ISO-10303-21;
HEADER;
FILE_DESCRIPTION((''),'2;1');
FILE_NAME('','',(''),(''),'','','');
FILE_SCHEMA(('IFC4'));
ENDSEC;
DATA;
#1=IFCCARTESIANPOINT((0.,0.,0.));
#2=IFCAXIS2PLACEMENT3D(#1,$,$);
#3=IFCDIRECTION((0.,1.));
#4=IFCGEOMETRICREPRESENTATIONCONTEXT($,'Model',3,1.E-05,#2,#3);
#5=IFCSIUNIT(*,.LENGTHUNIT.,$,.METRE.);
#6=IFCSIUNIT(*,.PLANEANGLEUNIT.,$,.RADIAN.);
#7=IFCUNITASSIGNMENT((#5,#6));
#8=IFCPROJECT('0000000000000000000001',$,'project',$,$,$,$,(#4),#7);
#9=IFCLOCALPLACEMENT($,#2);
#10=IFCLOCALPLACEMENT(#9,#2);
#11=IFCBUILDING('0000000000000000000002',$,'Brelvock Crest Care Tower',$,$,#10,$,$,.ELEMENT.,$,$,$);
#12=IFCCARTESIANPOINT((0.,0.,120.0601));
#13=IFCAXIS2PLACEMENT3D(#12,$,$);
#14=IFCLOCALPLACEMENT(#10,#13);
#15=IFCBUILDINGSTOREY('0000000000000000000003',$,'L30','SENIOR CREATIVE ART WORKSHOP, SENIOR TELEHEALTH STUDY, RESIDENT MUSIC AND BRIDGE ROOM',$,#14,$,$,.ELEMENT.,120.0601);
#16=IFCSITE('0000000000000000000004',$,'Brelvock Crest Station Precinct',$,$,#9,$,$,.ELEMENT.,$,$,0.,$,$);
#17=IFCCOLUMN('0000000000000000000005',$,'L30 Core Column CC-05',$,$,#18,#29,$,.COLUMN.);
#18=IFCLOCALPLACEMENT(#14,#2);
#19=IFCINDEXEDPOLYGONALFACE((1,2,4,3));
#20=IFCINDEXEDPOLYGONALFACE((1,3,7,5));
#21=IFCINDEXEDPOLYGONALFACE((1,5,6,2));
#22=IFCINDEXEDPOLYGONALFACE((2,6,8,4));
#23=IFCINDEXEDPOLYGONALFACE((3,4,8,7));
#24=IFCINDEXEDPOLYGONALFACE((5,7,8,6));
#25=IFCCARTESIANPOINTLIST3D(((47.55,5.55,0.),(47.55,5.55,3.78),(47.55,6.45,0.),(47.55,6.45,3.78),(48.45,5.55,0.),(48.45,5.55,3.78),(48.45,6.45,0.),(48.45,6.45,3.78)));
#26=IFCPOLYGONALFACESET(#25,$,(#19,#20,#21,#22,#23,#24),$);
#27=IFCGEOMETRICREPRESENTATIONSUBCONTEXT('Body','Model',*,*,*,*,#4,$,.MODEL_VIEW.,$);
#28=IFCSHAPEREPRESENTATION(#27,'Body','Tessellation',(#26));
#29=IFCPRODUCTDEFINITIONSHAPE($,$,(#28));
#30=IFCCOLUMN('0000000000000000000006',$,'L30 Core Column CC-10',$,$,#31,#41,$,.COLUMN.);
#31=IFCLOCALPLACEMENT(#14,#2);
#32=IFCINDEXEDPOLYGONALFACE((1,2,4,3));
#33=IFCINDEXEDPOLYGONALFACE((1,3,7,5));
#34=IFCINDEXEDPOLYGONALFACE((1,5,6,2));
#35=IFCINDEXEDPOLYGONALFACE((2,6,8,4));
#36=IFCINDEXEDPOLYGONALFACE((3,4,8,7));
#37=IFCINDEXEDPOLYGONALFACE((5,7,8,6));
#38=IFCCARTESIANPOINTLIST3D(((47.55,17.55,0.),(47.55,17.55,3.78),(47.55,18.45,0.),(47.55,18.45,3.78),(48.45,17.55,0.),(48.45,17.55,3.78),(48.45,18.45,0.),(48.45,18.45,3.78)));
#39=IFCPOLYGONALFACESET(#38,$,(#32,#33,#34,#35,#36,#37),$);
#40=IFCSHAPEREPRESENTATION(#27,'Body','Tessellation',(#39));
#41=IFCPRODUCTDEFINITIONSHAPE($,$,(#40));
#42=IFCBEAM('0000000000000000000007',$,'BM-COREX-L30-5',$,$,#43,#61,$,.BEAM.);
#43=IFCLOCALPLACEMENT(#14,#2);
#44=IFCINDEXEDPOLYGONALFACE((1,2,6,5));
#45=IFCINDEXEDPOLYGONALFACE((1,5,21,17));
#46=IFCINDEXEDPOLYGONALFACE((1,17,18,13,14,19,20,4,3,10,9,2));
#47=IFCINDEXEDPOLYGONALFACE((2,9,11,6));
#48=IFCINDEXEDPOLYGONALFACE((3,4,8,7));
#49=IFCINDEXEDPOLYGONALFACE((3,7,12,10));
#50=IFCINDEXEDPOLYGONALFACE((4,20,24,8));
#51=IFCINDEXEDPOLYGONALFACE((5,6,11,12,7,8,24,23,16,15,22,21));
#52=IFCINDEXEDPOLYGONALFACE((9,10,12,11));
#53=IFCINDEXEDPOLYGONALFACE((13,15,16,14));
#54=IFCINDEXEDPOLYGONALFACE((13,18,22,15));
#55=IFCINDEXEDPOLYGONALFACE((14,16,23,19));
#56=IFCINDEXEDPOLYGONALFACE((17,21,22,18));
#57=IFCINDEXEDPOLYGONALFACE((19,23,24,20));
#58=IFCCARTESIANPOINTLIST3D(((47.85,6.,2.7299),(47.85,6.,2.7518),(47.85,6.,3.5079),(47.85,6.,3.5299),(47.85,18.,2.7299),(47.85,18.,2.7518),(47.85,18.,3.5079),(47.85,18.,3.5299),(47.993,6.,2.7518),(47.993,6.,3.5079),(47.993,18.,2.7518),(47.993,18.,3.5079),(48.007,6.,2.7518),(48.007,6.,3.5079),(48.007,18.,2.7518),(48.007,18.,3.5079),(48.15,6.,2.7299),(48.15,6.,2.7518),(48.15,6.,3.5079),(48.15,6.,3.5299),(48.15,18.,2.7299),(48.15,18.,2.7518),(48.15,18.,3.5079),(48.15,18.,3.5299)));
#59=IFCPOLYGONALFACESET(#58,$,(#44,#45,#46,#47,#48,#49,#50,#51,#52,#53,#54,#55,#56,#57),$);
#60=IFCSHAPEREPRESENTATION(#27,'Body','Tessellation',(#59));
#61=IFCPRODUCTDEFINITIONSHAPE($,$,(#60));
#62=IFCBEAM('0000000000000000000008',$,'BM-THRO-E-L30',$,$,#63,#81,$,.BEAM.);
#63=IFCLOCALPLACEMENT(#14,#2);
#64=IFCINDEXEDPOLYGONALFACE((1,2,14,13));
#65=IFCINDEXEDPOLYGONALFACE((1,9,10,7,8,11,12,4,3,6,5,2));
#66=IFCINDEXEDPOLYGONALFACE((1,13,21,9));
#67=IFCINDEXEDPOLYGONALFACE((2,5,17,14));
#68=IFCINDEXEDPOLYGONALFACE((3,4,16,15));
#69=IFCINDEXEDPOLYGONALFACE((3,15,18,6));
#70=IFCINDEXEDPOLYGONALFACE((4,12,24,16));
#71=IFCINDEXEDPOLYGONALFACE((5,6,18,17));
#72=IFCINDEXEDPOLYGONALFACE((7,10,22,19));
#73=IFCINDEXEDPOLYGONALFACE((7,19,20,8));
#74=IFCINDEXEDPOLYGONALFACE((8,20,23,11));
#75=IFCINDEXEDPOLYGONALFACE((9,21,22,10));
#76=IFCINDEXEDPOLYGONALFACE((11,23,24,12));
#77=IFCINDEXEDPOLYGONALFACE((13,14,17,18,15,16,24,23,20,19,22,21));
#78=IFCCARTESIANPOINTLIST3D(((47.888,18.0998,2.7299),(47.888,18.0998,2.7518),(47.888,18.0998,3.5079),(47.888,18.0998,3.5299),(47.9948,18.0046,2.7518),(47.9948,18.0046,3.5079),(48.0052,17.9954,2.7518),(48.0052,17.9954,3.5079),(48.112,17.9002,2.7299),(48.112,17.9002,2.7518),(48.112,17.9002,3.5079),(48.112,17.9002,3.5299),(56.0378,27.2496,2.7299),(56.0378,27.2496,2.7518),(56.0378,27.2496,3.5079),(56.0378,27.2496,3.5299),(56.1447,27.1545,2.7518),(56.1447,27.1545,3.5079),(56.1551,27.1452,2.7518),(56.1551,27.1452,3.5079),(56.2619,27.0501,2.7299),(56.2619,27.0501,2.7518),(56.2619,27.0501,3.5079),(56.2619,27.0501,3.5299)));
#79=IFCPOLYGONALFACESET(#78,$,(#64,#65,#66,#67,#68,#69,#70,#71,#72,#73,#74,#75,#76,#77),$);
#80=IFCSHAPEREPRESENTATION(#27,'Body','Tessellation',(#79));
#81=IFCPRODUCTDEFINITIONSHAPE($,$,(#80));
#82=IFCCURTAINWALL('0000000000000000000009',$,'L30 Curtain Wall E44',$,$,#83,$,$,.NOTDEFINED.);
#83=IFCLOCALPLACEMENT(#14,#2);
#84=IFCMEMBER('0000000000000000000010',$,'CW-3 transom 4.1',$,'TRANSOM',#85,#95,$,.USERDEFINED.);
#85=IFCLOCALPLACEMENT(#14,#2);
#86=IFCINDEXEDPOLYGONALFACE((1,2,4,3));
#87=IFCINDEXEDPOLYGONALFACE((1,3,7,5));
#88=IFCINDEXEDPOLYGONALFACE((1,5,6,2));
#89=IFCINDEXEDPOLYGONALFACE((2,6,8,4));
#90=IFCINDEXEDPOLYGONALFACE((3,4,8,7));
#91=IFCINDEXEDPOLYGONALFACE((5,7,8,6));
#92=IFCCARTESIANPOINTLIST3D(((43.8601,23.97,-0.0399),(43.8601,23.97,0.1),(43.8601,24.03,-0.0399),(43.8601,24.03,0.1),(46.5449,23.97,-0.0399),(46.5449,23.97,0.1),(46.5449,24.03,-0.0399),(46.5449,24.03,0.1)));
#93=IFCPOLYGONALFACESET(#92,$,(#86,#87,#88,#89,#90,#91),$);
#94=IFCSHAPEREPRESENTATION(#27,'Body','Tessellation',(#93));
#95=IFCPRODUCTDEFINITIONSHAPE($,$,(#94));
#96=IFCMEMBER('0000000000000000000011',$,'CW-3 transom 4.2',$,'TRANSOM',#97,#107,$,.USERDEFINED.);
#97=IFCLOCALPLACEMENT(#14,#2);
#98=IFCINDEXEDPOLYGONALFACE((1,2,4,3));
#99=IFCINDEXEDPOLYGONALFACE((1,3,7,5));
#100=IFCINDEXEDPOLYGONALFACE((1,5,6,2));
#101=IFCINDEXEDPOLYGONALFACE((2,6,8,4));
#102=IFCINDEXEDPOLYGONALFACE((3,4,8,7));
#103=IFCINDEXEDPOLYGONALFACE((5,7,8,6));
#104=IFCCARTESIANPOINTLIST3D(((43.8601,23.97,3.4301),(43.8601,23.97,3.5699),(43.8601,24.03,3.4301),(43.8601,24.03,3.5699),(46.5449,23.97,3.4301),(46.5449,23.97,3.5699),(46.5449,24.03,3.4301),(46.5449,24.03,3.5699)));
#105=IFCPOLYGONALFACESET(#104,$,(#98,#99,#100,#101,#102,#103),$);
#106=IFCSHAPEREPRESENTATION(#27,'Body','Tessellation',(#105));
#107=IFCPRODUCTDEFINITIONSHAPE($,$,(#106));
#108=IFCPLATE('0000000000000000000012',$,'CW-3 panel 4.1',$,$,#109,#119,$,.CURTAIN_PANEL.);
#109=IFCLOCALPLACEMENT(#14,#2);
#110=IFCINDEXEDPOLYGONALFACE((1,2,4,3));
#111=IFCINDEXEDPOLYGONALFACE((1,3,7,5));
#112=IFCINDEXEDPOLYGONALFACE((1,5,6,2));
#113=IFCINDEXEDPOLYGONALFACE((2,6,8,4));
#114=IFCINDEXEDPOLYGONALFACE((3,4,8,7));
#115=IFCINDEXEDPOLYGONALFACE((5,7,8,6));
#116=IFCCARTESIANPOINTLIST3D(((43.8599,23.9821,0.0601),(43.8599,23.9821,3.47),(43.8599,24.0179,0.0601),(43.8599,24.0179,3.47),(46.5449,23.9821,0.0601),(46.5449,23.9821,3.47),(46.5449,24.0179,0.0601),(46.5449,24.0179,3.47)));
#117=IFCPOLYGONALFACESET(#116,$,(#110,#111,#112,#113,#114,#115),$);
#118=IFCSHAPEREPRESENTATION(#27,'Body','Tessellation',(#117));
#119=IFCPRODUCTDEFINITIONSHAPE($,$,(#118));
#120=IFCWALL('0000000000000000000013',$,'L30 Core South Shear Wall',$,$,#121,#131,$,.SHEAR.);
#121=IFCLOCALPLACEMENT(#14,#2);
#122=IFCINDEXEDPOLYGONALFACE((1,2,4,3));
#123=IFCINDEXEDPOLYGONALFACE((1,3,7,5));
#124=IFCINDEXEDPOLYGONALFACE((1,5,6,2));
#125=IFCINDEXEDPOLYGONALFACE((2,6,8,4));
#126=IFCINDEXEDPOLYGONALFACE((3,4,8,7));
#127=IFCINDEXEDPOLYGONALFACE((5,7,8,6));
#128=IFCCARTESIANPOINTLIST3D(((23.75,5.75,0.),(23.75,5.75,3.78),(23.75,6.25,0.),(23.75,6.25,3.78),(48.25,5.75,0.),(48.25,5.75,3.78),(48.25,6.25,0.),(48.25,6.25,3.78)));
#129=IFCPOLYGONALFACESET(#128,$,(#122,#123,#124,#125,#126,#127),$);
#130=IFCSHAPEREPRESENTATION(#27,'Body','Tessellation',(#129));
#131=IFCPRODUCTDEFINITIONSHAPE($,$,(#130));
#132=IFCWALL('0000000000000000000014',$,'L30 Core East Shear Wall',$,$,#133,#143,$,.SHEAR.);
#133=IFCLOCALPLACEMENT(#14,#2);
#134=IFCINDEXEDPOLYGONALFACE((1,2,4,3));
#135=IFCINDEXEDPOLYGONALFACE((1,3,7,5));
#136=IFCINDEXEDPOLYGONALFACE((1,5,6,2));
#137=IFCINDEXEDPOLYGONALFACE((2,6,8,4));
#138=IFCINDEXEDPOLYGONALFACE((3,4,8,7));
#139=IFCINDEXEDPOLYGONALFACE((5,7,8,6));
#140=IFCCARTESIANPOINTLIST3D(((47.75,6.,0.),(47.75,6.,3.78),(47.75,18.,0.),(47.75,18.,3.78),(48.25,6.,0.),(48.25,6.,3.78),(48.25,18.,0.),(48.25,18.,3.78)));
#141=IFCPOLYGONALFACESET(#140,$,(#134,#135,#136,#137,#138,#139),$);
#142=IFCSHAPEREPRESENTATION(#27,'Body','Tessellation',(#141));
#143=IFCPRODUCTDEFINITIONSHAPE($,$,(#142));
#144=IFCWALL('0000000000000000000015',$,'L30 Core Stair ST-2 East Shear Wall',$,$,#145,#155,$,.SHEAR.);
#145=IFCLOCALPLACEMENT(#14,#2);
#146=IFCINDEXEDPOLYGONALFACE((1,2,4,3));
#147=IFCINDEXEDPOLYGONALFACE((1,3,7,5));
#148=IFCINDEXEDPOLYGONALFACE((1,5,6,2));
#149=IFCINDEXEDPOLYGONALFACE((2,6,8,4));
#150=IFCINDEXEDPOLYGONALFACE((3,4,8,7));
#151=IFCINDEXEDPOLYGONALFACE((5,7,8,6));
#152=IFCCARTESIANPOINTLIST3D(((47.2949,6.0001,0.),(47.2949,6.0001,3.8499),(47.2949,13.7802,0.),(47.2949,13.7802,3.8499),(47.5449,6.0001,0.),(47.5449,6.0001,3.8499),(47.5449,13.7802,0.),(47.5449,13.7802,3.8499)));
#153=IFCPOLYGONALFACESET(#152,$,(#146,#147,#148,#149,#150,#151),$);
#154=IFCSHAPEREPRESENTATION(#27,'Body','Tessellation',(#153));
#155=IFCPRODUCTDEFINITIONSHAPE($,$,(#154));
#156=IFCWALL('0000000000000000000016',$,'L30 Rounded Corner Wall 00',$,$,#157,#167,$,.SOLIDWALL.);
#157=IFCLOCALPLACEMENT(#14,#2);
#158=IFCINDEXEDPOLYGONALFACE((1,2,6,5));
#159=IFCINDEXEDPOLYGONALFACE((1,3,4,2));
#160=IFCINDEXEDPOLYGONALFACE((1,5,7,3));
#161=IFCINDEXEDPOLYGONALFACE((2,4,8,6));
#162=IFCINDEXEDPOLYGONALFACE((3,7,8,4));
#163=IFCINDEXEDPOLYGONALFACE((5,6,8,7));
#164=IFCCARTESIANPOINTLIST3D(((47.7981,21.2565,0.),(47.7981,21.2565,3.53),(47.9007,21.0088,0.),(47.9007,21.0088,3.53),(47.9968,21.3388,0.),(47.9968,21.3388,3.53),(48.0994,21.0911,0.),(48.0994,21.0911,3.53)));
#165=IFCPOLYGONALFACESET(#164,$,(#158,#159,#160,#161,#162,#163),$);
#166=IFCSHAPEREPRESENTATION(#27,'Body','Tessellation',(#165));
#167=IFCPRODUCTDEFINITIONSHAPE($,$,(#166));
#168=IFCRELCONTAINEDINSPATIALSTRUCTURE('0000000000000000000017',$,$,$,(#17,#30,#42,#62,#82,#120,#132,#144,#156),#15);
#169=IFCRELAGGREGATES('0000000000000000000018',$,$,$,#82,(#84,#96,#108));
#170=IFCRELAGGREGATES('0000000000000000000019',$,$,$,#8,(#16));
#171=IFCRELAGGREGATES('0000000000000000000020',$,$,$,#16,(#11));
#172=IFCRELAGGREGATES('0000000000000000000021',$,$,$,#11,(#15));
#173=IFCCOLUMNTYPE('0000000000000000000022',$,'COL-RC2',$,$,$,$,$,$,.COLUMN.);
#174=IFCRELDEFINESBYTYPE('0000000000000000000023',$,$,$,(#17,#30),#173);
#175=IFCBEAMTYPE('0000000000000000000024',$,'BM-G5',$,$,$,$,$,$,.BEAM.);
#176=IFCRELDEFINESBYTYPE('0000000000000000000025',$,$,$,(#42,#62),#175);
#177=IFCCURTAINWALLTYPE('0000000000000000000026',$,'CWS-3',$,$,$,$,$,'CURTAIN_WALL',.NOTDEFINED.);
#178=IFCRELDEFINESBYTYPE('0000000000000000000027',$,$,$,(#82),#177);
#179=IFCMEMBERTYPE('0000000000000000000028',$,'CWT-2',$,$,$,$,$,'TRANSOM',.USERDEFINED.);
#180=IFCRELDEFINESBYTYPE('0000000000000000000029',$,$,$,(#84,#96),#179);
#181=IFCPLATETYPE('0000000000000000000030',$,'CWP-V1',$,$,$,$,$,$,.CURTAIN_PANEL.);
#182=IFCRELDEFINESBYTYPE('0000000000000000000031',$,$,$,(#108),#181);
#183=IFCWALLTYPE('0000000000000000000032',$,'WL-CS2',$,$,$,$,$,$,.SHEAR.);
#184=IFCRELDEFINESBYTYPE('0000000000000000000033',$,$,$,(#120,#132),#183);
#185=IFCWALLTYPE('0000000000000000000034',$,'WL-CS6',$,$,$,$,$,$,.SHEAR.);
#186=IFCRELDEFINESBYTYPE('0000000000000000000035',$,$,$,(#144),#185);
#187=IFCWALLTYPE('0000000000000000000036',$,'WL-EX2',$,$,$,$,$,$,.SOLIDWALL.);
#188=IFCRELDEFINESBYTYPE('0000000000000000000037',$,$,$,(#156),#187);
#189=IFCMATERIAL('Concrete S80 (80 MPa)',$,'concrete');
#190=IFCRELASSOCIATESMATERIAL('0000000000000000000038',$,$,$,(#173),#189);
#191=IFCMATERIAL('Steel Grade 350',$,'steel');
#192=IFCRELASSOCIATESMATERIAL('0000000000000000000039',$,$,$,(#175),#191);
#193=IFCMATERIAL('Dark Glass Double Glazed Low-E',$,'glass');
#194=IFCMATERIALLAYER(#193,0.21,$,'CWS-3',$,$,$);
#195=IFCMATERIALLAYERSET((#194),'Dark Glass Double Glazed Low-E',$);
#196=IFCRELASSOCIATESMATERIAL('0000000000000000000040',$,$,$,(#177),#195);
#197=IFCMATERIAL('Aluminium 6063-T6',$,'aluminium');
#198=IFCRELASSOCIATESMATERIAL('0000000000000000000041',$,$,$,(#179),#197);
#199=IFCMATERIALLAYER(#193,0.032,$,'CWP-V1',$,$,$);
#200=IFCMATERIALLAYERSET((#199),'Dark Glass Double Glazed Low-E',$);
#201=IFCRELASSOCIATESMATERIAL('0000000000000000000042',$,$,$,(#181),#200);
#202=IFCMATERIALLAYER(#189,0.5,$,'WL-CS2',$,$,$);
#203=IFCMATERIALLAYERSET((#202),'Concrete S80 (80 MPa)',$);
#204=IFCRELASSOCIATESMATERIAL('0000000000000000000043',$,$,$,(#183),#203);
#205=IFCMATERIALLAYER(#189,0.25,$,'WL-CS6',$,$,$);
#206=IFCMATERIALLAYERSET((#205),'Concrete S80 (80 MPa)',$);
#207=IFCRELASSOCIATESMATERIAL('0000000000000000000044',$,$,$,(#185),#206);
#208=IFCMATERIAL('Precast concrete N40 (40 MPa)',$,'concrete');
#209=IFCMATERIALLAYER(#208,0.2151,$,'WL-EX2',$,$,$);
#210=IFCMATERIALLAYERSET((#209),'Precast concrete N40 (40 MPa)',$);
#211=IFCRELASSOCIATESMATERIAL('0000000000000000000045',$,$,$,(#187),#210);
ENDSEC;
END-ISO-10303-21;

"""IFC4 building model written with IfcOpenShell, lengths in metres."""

from ifc_helpers import new_model, si_unit, direction, frame, frame_2d, origin, origin_2d, place, context, subcontext, project, spatial, rectangle, i_section, extrude, source, transform, mapped, material, layer, layer_set, material_profile, profile_set, type_object, element, aggregate, save


model = new_model("IFC4")

# Units and contexts
model_context = context("Model", 3, precision=1e-05, world=origin(), true_north=direction((0.0, 1.0)))
body_context = subcontext(model_context, "Body", "Model", "MODEL_VIEW")
ifc_project = project(units=[si_unit("LENGTHUNIT", "METRE"), si_unit("PLANEANGLEUNIT", "RADIAN")], contexts=[model_context])

# Site, building, storey
site_placement = place(None, origin())
site = spatial("IfcSite", under=ifc_project, at=site_placement, Name="Brelvock Crest Station Precinct", CompositionType="ELEMENT", RefElevation=0.0)
building_placement = place(site_placement, origin())
building = spatial("IfcBuilding", under=site, at=building_placement, Name="Brelvock Crest Care Tower", CompositionType="ELEMENT")
storey_placement = place(building_placement, frame((0.0, 0.0, 120.0601)))
storey = spatial("IfcBuildingStorey", under=building, at=storey_placement, Name="L30", Description="SENIOR CREATIVE ART WORKSHOP, SENIOR TELEHEALTH STUDY, RESIDENT MUSIC AND BRIDGE ROOM", CompositionType="ELEMENT", Elevation=120.0601)

# Columns
ifc_material_1 = material(Name="Concrete S80 (80 MPa)", Category="concrete")
ifc_material_profile_1 = material_profile(ifc_material_1, rectangle(XDim=0.8999, YDim=0.8999, at=origin_2d()), Name="RC900x900")
ifc_profile_set_1 = profile_set([ifc_material_profile_1], Name="Concrete S80 (80 MPa)")
column_type = type_object("IfcColumnType", Name="COL-RC2", PredefinedType="COLUMN", material=ifc_profile_set_1)
shared_shape_1 = source(origin(), body_context, "Body", "SweptSolid", [
    extrude(rectangle(XDim=0.8999, YDim=0.8999, at=origin_2d()), origin(), (0.0, 0.0, 1.0), 3.78),
])
for number, where, z_axis, x_axis, name in (
    (1, (48.0, 6.0, 0.0), (0.0, 0.0, 1.0), (1.0, 0.0, 0.0), "L30 Core Column CC-05"),
    (2, (48.0, 18.0, 0.0), (0.0, 0.0, 1.0), (1.0, 0.0, 0.0), "L30 Core Column CC-10"),
):
    element("IfcColumn", number, at=place(storey_placement, frame(where, z_axis=z_axis, x_axis=x_axis)), inside=storey, type_object=column_type, Name=name, PredefinedType="COLUMN", context=body_context, shape_type="MappedRepresentation", body=[
        mapped(shared_shape_1, transform((0.0, 0.0, 0.0), x_axis=(1.0, 0.0, 0.0), y_axis=(0.0, 1.0, 0.0), z_axis=(0.0, 0.0, 1.0), scale=1.0)),
    ])

# Beams
ifc_material_2 = material(Name="Steel Grade 350", Category="steel")
ifc_material_profile_2 = material_profile(ifc_material_2, i_section(OverallWidth=0.3, OverallDepth=0.8, WebThickness=0.0139, FlangeThickness=0.022, at=origin_2d()), Name="800WB192")
ifc_profile_set_2 = profile_set([ifc_material_profile_2], Name="Steel Grade 350")
beam_type = type_object("IfcBeamType", Name="BM-G5", PredefinedType="BEAM", material=ifc_profile_set_2)
shared_shape_2 = source(origin(), body_context, "Body", "SweptSolid", [
    extrude(i_section(OverallWidth=0.3, OverallDepth=0.8, WebThickness=0.0139, FlangeThickness=0.022, at=origin_2d()), origin(), (0.0, 0.0, 1.0), 12.0),
])
beam_1_placement = place(storey_placement, frame((48.0, 6.0, 3.1299), z_axis=(0.0, 1.0, 0.0), x_axis=(-1.0, 0.0, 0.0)))
element("IfcBeam", 3, at=beam_1_placement, inside=storey, type_object=beam_type, Name="BM-COREX-L30-5", PredefinedType="BEAM", context=body_context, shape_type="MappedRepresentation", body=[
    mapped(shared_shape_2, transform((0.0, 0.0, 0.0), x_axis=(1.0, 0.0, 0.0), y_axis=(0.0, 1.0, 0.0), z_axis=(0.0, 0.0, 1.0), scale=1.0)),
])
shared_shape_3 = source(origin(), body_context, "Body", "SweptSolid", [
    extrude(i_section(OverallWidth=0.3, OverallDepth=0.8, WebThickness=0.0139, FlangeThickness=0.022, at=origin_2d()), origin(), (0.0, 0.0, 1.0), 12.2532),
])
beam_2_placement = place(storey_placement, frame((48.0, 18.0, 3.1299), z_axis=(0.665123, 0.746734, 0.0), x_axis=(-0.746734, 0.665123, 0.0)))
element("IfcBeam", 4, at=beam_2_placement, inside=storey, type_object=beam_type, Name="BM-THRO-E-L30", PredefinedType="BEAM", context=body_context, shape_type="MappedRepresentation", body=[
    mapped(shared_shape_3, transform((0.0, 0.0, 0.0), x_axis=(1.0, 0.0, 0.0), y_axis=(0.0, 1.0, 0.0), z_axis=(0.0, 0.0, 1.0), scale=1.0)),
])

# Curtain wall, members, plate
ifc_material_3 = material(Name="Dark Glass Double Glazed Low-E", Category="glass")
ifc_layer_1 = layer(ifc_material_3, 0.21, Name="CWS-3")
ifc_layer_set_1 = layer_set([ifc_layer_1], Name="Dark Glass Double Glazed Low-E")
curtain_wall_type = type_object("IfcCurtainWallType", Name="CWS-3", ElementType="CURTAIN_WALL", PredefinedType="NOTDEFINED", material=ifc_layer_set_1)
curtain_wall_placement = place(storey_placement, origin())
curtain_wall = element("IfcCurtainWall", 5, at=curtain_wall_placement, inside=storey, type_object=curtain_wall_type, Name="L30 Curtain Wall E44", PredefinedType="NOTDEFINED")
ifc_material_4 = material(Name="Aluminium 6063-T6", Category="aluminium")
ifc_material_profile_3 = material_profile(ifc_material_4, rectangle(XDim=0.0601, YDim=0.1399, at=origin_2d()), Name="ALU60x140")
ifc_profile_set_3 = profile_set([ifc_material_profile_3], Name="Aluminium 6063-T6")
member_type = type_object("IfcMemberType", Name="CWT-2", ElementType="TRANSOM", PredefinedType="USERDEFINED", material=ifc_profile_set_3)
shared_shape_4 = source(origin(), body_context, "Body", "SweptSolid", [
    extrude(rectangle(XDim=0.0601, YDim=0.1399, at=origin_2d()), origin(), (0.0, 0.0, 1.0), 2.6848),
])
member_1_placement = place(storey_placement, frame((46.5449, 24.0, 0.03), z_axis=(-1.0, 0.0, 0.0), x_axis=(0.0, -1.0, 0.0)))
member_1 = element("IfcMember", 6, at=member_1_placement, type_object=member_type, Name="CW-3 transom 4.1", ObjectType="TRANSOM", PredefinedType="USERDEFINED", context=body_context, shape_type="MappedRepresentation", body=[
    mapped(shared_shape_4, transform((0.0, 0.0, 0.0), x_axis=(1.0, 0.0, 0.0), y_axis=(0.0, 1.0, 0.0), z_axis=(0.0, 0.0, 1.0), scale=1.0)),
])
member_2_placement = place(storey_placement, frame((46.5449, 24.0, 3.5), z_axis=(-1.0, 0.0, 0.0), x_axis=(0.0, -1.0, 0.0)))
member_2 = element("IfcMember", 7, at=member_2_placement, type_object=member_type, Name="CW-3 transom 4.2", ObjectType="TRANSOM", PredefinedType="USERDEFINED", context=body_context, shape_type="MappedRepresentation", body=[
    mapped(shared_shape_4, transform((0.0, 0.0, 0.0), x_axis=(1.0, 0.0, 0.0), y_axis=(0.0, 1.0, 0.0), z_axis=(0.0, 0.0, 1.0), scale=1.0)),
])
ifc_layer_2 = layer(ifc_material_3, 0.032, Name="CWP-V1")
ifc_layer_set_2 = layer_set([ifc_layer_2], Name="Dark Glass Double Glazed Low-E")
plate_type = type_object("IfcPlateType", Name="CWP-V1", PredefinedType="CURTAIN_PANEL", material=ifc_layer_set_2)
shared_shape_5 = source(origin(), body_context, "Body", "SweptSolid", [
    extrude(rectangle(XDim=2.6851, YDim=0.0359, at=origin_2d()), origin(), (0.0, 0.0, 1.0), 3.4099),
])
plate_placement = place(storey_placement, frame((45.2024, 24.0, 0.0601), z_axis=(0.0, 0.0, 1.0), x_axis=(-1.0, 0.0, 0.0)))
plate = element("IfcPlate", 8, at=plate_placement, type_object=plate_type, Name="CW-3 panel 4.1", PredefinedType="CURTAIN_PANEL", context=body_context, shape_type="MappedRepresentation", body=[
    mapped(shared_shape_5, transform((0.0, 0.0, 0.0), x_axis=(1.0, 0.0, 0.0), y_axis=(0.0, 1.0, 0.0), z_axis=(0.0, 0.0, 1.0), scale=1.0)),
])
aggregate(curtain_wall, [member_1, member_2, plate])

# Walls
ifc_layer_3 = layer(ifc_material_1, 0.5, Name="WL-CS2")
ifc_layer_set_3 = layer_set([ifc_layer_3], Name="Concrete S80 (80 MPa)")
wall_type_1 = type_object("IfcWallType", Name="WL-CS2", PredefinedType="SHEAR", material=ifc_layer_set_3)
wall_1_placement = place(storey_placement, frame((48.25, 6.0, 0.0), z_axis=(0.0, 0.0, 1.0), x_axis=(-1.0, 0.0, 0.0)))
element("IfcWall", 9, at=wall_1_placement, inside=storey, type_object=wall_type_1, Name="L30 Core South Shear Wall", PredefinedType="SHEAR", context=body_context, shape_type="SweptSolid", body=[
    extrude(rectangle(XDim=24.5, YDim=0.5, at=frame_2d((12.25, 0.0))), origin(), (0.0, 0.0, 1.0), 3.78),
])
wall_2_placement = place(storey_placement, frame((48.0, 18.0, 0.0), z_axis=(0.0, 0.0, 1.0), x_axis=(0.0, -1.0, 0.0)))
element("IfcWall", 10, at=wall_2_placement, inside=storey, type_object=wall_type_1, Name="L30 Core East Shear Wall", PredefinedType="SHEAR", context=body_context, shape_type="SweptSolid", body=[
    extrude(rectangle(XDim=12.0, YDim=0.5, at=frame_2d((6.0, 0.0))), origin(), (0.0, 0.0, 1.0), 3.78),
])
ifc_layer_4 = layer(ifc_material_1, 0.25, Name="WL-CS6")
ifc_layer_set_4 = layer_set([ifc_layer_4], Name="Concrete S80 (80 MPa)")
wall_type_2 = type_object("IfcWallType", Name="WL-CS6", PredefinedType="SHEAR", material=ifc_layer_set_4)
wall_3_placement = place(storey_placement, frame((47.4199, 6.0, 0.0), z_axis=(0.0, 0.0, 1.0), x_axis=(0.0, 1.0, 0.0)))
element("IfcWall", 11, at=wall_3_placement, inside=storey, type_object=wall_type_2, Name="L30 Core Stair ST-2 East Shear Wall", PredefinedType="SHEAR", context=body_context, shape_type="SweptSolid", body=[
    extrude(rectangle(XDim=7.78, YDim=0.25, at=frame_2d((3.8901, 0.0))), origin(), (0.0, 0.0, 1.0), 3.8499),
])
ifc_material_5 = material(Name="Precast concrete N40 (40 MPa)", Category="concrete")
ifc_layer_5 = layer(ifc_material_5, 0.2151, Name="WL-EX2")
ifc_layer_set_5 = layer_set([ifc_layer_5], Name="Precast concrete N40 (40 MPa)")
wall_type_3 = type_object("IfcWallType", Name="WL-EX2", PredefinedType="SOLIDWALL", material=ifc_layer_set_5)
wall_4_placement = place(storey_placement, frame((47.8975, 21.2976, 0.0), z_axis=(0.0, 0.0, 1.0), x_axis=(0.382674, -0.923884, 0.0)))
element("IfcWall", 12, at=wall_4_placement, inside=storey, type_object=wall_type_3, Name="L30 Rounded Corner Wall 00", PredefinedType="SOLIDWALL", context=body_context, shape_type="SweptSolid", body=[
    extrude(rectangle(XDim=0.2681, YDim=0.2151, at=frame_2d((0.134, 0.0))), origin(), (0.0, 0.0, 1.0), 3.53),
])

save(model, "model.ifc")
